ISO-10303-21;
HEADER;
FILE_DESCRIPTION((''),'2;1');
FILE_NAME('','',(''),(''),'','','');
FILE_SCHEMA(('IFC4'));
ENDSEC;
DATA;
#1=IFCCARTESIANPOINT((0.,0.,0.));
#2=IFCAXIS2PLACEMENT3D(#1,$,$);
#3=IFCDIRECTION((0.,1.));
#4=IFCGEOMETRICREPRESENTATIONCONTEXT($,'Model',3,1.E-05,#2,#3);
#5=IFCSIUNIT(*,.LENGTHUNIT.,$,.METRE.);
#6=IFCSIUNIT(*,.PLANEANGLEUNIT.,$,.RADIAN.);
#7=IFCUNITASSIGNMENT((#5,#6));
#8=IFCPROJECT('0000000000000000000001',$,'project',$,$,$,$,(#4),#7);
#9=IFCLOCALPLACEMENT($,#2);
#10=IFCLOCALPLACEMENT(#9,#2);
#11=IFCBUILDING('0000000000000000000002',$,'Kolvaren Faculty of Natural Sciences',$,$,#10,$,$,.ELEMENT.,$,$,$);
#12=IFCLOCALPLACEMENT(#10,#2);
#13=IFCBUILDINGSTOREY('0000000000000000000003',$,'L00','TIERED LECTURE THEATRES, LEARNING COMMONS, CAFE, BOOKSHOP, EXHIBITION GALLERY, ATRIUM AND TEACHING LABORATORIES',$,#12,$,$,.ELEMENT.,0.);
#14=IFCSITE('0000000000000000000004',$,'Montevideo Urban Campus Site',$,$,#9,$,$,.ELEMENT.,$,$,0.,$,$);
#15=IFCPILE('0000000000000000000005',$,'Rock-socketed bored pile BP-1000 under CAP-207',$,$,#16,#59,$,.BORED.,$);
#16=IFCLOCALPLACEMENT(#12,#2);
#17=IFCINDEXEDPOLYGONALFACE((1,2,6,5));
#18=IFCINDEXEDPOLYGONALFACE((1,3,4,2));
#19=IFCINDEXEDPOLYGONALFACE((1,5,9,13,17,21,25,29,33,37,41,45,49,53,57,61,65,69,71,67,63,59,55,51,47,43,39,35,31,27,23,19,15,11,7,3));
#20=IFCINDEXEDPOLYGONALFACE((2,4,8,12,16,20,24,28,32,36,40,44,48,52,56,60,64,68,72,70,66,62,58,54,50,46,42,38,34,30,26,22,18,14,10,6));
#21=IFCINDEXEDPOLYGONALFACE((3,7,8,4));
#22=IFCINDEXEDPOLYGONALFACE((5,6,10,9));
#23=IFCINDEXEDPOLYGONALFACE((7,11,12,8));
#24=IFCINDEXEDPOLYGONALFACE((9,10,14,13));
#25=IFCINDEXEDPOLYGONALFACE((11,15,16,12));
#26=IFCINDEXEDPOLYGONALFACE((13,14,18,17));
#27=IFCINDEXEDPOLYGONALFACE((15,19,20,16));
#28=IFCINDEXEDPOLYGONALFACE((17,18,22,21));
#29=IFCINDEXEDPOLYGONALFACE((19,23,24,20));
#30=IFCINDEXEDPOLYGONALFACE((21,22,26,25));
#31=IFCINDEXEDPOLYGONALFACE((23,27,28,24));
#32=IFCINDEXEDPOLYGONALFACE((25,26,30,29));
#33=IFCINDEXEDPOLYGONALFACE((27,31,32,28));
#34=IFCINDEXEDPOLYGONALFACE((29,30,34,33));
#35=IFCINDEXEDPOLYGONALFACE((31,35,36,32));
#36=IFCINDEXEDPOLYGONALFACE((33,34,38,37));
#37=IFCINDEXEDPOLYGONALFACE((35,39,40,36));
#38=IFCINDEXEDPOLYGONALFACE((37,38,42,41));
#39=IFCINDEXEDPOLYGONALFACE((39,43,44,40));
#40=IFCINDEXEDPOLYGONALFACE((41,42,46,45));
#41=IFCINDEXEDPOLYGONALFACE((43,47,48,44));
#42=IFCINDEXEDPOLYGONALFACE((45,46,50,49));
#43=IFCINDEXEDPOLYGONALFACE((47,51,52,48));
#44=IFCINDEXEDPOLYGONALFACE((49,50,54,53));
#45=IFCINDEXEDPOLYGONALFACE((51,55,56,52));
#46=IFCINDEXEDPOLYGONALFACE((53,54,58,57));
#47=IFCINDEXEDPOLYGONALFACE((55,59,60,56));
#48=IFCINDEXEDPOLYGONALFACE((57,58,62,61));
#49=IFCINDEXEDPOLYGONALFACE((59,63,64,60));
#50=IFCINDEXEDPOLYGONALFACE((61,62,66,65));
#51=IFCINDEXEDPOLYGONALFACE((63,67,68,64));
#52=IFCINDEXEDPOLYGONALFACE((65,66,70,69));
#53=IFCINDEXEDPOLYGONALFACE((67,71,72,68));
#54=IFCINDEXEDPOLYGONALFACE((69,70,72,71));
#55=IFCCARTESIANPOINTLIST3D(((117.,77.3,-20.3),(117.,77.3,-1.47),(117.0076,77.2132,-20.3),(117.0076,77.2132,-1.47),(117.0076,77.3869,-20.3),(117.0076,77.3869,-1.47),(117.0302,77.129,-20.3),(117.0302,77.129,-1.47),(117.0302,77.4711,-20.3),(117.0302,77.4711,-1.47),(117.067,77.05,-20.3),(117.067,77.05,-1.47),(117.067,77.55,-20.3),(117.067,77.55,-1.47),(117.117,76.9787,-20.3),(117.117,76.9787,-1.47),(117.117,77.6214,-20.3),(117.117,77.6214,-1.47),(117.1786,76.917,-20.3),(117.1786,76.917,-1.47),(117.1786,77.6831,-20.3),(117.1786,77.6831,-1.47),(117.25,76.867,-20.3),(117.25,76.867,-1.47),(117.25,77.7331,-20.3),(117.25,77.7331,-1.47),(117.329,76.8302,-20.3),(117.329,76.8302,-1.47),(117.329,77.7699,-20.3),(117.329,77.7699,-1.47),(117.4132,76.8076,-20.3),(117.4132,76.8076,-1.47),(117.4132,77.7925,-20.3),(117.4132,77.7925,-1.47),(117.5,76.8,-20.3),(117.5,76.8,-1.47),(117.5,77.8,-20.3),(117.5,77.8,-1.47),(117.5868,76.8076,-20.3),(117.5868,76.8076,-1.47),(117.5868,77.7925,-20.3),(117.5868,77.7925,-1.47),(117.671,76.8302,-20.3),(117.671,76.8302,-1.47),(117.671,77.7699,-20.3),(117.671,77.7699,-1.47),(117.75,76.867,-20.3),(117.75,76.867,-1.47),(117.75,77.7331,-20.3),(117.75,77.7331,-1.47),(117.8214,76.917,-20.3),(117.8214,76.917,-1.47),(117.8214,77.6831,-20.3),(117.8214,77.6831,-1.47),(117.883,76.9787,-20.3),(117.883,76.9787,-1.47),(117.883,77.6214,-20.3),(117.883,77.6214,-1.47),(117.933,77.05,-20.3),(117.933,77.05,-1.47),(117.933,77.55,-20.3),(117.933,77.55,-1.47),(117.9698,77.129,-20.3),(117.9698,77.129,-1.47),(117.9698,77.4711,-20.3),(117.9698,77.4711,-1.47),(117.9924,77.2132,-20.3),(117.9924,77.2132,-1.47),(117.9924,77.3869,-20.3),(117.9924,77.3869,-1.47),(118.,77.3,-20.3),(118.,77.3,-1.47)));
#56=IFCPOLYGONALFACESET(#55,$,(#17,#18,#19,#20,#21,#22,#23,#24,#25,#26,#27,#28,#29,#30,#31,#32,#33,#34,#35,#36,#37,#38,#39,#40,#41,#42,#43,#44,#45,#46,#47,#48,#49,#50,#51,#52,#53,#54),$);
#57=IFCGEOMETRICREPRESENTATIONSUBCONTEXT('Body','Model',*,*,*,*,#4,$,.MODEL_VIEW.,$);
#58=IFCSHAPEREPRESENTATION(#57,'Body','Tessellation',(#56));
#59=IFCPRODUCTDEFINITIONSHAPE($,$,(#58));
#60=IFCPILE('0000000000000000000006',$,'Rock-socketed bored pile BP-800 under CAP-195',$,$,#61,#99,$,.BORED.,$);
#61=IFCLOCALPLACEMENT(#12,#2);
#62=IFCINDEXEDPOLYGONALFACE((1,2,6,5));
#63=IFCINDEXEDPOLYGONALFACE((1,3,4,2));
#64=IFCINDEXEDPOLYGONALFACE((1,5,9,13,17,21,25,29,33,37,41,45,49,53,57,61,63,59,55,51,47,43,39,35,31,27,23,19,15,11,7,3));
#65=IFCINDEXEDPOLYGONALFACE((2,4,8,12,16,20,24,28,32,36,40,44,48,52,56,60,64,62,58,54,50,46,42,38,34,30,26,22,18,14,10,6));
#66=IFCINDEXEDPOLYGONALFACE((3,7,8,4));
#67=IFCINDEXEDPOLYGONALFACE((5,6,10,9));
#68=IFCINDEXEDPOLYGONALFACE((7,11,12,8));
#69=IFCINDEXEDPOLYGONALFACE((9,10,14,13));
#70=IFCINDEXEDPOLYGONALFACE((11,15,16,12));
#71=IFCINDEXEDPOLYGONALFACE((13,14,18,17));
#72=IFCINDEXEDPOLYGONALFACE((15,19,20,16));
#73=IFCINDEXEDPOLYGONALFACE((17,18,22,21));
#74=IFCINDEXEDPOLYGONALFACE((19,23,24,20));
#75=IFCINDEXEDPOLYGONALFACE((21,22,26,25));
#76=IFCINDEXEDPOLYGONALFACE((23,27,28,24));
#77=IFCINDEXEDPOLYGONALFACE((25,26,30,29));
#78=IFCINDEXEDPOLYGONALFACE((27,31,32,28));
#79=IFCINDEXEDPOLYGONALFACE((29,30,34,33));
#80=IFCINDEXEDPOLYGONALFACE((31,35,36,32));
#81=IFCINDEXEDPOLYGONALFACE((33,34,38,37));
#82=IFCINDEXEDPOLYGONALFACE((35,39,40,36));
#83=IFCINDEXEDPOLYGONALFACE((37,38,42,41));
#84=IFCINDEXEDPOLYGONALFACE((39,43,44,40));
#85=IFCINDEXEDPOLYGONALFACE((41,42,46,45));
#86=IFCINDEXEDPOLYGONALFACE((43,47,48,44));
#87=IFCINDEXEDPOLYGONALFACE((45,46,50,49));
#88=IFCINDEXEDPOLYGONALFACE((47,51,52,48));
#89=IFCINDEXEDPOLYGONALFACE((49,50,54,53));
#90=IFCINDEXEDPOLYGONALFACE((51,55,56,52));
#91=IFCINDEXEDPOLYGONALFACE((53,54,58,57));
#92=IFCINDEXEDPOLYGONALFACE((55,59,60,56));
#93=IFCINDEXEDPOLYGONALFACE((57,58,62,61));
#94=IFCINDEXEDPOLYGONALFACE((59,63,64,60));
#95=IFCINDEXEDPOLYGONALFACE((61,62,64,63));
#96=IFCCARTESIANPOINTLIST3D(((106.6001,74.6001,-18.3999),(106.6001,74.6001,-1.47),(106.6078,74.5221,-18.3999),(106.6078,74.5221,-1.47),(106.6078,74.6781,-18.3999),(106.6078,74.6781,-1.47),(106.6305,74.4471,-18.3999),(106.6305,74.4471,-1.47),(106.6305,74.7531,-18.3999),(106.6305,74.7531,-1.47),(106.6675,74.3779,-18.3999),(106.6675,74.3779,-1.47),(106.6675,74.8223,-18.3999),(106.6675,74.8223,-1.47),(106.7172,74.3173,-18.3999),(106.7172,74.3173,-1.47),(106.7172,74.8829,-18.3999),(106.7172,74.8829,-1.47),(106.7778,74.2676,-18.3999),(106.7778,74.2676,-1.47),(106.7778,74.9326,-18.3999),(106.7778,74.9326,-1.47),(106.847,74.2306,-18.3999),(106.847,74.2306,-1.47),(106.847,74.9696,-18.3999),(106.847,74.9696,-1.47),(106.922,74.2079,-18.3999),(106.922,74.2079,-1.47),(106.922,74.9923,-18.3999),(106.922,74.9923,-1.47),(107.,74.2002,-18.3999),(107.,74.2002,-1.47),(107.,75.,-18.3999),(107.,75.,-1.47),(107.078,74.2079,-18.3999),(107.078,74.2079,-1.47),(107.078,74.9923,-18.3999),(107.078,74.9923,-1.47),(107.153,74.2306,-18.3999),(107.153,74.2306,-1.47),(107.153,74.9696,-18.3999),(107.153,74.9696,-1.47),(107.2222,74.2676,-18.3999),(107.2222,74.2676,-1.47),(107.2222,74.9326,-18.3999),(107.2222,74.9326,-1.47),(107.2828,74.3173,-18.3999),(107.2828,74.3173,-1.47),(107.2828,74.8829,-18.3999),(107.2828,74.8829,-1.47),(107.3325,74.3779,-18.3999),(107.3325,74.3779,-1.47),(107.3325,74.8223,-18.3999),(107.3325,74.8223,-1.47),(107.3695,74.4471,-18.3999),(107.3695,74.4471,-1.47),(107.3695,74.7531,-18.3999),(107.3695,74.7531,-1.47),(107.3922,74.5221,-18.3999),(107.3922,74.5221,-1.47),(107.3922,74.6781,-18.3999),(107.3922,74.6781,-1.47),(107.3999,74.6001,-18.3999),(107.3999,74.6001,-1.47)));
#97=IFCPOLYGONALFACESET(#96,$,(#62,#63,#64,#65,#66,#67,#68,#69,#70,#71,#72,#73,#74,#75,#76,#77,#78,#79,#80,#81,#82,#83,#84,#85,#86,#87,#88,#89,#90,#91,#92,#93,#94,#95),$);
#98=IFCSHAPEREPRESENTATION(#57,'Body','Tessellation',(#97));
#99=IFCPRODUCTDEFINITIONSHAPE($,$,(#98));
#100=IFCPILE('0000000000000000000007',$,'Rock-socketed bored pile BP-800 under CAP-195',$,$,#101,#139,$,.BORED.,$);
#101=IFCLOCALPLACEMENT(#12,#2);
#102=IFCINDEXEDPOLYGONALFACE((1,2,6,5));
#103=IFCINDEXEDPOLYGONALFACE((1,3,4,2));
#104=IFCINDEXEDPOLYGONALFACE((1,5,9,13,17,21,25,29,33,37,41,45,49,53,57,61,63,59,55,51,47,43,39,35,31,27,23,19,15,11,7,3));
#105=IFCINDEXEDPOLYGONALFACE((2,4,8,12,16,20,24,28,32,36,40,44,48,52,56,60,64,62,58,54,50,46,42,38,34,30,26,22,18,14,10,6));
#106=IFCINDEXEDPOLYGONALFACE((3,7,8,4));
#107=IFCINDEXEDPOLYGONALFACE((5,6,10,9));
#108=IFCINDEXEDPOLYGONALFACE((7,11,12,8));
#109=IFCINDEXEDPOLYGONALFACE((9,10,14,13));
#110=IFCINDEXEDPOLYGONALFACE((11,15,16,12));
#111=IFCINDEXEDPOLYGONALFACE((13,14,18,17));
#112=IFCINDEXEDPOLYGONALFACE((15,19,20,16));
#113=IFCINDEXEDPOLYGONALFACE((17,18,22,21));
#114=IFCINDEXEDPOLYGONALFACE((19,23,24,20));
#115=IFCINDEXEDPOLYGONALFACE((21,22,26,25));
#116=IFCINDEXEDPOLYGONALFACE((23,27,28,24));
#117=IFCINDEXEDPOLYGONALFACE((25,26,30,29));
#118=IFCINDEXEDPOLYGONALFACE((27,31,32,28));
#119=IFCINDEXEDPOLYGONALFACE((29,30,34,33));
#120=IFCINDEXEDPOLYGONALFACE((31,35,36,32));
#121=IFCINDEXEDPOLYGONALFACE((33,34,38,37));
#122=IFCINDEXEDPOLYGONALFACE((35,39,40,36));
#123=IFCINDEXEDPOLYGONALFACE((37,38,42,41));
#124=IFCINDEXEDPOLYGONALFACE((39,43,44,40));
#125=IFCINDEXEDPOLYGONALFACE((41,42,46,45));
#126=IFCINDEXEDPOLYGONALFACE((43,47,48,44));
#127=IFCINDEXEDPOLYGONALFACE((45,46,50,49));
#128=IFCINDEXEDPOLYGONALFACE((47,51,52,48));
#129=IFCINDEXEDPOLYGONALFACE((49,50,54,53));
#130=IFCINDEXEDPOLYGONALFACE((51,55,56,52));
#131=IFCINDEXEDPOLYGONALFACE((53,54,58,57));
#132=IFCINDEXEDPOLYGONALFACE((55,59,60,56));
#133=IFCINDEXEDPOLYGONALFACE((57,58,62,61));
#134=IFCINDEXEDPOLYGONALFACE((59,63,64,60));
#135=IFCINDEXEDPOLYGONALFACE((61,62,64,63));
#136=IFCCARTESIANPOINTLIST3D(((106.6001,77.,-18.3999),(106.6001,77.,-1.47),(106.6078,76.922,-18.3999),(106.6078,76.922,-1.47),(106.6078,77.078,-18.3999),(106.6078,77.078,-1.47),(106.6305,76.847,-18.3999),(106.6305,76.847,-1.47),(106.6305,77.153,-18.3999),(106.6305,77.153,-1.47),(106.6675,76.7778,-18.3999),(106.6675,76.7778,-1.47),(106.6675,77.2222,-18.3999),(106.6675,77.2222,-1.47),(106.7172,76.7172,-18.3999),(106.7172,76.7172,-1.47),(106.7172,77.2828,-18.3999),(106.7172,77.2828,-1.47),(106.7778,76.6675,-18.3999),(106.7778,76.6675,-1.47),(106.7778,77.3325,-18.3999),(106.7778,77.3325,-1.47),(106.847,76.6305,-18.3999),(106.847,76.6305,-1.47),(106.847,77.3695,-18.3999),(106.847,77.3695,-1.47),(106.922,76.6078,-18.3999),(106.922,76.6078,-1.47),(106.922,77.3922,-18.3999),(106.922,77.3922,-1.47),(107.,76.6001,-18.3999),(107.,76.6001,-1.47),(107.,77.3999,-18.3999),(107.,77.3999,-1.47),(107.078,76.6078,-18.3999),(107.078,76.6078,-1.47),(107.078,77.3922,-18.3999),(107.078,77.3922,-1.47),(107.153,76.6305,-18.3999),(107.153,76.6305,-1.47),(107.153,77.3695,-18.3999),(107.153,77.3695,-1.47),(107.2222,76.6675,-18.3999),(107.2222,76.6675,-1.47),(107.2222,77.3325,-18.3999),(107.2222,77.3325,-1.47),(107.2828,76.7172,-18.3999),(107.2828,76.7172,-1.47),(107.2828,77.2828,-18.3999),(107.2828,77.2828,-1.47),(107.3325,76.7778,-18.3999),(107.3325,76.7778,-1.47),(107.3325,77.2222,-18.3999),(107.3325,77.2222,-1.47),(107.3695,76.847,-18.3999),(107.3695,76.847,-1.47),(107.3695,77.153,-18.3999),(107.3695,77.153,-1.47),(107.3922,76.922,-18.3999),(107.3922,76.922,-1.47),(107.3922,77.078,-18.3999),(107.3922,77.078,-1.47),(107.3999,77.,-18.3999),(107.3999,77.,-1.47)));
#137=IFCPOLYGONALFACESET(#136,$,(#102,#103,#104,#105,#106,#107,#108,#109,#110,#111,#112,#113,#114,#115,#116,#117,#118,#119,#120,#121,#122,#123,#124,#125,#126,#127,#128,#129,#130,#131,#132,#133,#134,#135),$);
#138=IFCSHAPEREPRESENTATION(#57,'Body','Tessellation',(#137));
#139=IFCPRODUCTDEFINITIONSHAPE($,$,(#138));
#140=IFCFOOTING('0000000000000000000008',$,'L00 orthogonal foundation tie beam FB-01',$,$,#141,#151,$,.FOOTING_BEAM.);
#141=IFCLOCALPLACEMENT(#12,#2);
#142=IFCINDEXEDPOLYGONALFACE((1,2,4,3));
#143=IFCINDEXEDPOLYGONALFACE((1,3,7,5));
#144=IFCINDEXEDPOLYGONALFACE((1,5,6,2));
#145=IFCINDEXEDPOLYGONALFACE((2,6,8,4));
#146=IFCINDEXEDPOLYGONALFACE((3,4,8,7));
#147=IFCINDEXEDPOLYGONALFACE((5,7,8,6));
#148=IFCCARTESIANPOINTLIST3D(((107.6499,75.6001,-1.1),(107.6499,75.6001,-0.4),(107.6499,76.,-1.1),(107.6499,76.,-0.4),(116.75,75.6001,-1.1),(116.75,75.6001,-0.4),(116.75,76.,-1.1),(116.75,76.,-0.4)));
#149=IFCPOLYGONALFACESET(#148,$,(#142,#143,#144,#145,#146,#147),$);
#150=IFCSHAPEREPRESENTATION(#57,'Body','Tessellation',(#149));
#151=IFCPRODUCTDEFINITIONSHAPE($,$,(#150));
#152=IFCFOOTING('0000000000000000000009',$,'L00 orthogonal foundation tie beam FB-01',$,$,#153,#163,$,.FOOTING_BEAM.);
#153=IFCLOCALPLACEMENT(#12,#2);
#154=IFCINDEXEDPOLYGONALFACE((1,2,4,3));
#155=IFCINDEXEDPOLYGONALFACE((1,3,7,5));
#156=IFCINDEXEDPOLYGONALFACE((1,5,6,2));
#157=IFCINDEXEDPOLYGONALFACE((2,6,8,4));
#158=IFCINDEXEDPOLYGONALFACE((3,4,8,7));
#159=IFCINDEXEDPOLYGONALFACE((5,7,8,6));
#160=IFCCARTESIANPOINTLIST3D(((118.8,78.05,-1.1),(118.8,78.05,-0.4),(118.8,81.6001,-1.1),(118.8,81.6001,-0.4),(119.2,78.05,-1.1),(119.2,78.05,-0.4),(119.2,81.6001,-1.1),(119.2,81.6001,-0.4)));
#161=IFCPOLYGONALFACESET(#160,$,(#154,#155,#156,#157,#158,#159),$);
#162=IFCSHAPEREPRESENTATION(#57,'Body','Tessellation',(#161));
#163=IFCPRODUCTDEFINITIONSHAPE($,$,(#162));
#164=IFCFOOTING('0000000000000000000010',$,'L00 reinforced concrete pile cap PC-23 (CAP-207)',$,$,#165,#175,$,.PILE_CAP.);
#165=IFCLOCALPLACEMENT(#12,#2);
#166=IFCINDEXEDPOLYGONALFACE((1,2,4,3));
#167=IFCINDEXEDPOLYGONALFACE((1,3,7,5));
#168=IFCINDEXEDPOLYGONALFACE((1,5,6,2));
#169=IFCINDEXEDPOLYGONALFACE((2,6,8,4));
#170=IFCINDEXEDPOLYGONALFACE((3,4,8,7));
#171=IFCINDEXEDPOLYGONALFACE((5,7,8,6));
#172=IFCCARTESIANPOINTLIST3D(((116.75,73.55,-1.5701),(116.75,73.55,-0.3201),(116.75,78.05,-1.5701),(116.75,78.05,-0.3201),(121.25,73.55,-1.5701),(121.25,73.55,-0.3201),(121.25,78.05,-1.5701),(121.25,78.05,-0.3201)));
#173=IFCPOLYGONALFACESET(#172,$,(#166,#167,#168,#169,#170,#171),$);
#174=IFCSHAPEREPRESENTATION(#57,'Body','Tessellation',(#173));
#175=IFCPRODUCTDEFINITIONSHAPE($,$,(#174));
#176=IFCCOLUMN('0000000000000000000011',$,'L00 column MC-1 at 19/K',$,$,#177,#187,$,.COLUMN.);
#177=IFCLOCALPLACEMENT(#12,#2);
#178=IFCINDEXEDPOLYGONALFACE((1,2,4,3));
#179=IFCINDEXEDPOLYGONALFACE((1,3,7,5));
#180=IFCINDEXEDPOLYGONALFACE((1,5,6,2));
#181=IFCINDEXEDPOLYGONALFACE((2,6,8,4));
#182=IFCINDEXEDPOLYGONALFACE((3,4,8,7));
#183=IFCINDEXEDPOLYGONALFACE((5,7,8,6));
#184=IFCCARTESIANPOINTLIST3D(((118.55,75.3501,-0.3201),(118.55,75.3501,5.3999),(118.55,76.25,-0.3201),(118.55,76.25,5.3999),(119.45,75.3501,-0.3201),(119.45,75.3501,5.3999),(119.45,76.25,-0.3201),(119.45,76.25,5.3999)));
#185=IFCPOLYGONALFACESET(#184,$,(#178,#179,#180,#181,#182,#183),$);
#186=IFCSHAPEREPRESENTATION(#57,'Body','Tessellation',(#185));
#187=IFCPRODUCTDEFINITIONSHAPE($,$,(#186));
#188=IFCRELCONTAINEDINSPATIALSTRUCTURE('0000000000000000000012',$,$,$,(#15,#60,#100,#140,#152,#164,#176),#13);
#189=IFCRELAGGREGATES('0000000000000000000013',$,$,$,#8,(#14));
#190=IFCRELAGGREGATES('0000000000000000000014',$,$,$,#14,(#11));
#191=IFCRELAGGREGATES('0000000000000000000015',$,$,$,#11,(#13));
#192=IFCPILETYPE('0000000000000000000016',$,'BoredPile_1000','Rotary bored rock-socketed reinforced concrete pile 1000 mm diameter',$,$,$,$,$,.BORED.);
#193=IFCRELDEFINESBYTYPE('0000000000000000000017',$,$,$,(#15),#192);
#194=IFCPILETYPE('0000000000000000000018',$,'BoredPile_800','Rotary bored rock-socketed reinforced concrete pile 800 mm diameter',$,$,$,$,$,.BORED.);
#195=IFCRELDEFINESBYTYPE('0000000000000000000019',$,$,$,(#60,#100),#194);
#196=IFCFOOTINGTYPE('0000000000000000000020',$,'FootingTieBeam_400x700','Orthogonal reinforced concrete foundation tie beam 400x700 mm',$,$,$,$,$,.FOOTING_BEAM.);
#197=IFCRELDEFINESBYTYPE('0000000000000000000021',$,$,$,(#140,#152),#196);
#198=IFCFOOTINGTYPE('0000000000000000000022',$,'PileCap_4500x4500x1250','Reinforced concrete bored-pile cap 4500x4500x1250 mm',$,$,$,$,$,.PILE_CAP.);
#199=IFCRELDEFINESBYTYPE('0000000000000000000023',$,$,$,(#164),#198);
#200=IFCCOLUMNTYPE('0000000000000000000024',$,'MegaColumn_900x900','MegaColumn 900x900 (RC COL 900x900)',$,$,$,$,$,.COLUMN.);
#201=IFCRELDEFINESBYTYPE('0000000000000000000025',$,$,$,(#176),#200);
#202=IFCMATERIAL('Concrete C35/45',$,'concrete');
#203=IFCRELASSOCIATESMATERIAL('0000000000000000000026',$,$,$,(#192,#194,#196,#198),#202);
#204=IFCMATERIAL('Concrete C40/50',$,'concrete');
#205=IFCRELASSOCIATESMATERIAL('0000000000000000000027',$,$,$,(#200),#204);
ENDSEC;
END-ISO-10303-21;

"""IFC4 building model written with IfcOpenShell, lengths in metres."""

from ifc_helpers import new_model, si_unit, direction, frame, origin, origin_2d, place, context, subcontext, project, spatial, rectangle, circle, extrude, material, material_profile, profile_set, type_object, element, save


model = new_model("IFC4")

# Units and contexts
model_context = context("Model", 3, precision=1e-05, world=origin(), true_north=direction((0.0, 1.0)))
body_context = subcontext(model_context, "Body", "Model", "MODEL_VIEW")
ifc_project = project(units=[si_unit("LENGTHUNIT", "METRE"), si_unit("PLANEANGLEUNIT", "RADIAN")], contexts=[model_context])

# Site, building, storey
site_placement = place(None, origin())
site = spatial("IfcSite", under=ifc_project, at=site_placement, Name="Montevideo Urban Campus Site", CompositionType="ELEMENT", RefElevation=0.0)
building_placement = place(site_placement, origin())
building = spatial("IfcBuilding", under=site, at=building_placement, Name="Kolvaren Faculty of Natural Sciences", CompositionType="ELEMENT")
storey_placement = place(building_placement, origin())
storey = spatial("IfcBuildingStorey", under=building, at=storey_placement, Name="L00", Description="TIERED LECTURE THEATRES, LEARNING COMMONS, CAFE, BOOKSHOP, EXHIBITION GALLERY, ATRIUM AND TEACHING LABORATORIES", CompositionType="ELEMENT", Elevation=0.0)

# Piles
ifc_material_1 = material(Name="Concrete C35/45", Category="concrete")
ifc_material_profile_1 = material_profile(ifc_material_1, circle(Radius=0.5, at=origin_2d()), Name="PILE D1000")
ifc_profile_set_1 = profile_set([ifc_material_profile_1], Name="Concrete C35/45")
pile_type_1 = type_object("IfcPileType", Name="BoredPile_1000", Description="Rotary bored rock-socketed reinforced concrete pile 1000 mm diameter", PredefinedType="BORED", material=ifc_profile_set_1)
for number, where, z_axis, x_axis, name in (
    (1, (117.5, 77.3, -1.47), (0.0, 0.0, -1.0), (1.0, 0.0, 0.0), "Rock-socketed bored pile BP-1000 under CAP-207"),
):
    element("IfcPile", number, at=place(storey_placement, frame(where, z_axis=z_axis, x_axis=x_axis)), inside=storey, type_object=pile_type_1, Name=name, PredefinedType="BORED", context=body_context, shape_type="SweptSolid", body=[
        extrude(circle(Radius=0.5, at=origin_2d()), origin(), (0.0, 0.0, 1.0), 18.8301),
    ])
ifc_material_profile_2 = material_profile(ifc_material_1, circle(Radius=0.3999, at=origin_2d()), Name="PILE D800")
ifc_profile_set_2 = profile_set([ifc_material_profile_2], Name="Concrete C35/45")
pile_type_2 = type_object("IfcPileType", Name="BoredPile_800", Description="Rotary bored rock-socketed reinforced concrete pile 800 mm diameter", PredefinedType="BORED", material=ifc_profile_set_2)
for number, where, z_axis, x_axis, name in (
    (2, (107.0, 74.6001, -1.47), (0.0, 0.0, -1.0), (1.0, 0.0, 0.0), "Rock-socketed bored pile BP-800 under CAP-195"),
    (3, (107.0, 77.0, -1.47), (0.0, 0.0, -1.0), (1.0, 0.0, 0.0), "Rock-socketed bored pile BP-800 under CAP-195"),
):
    element("IfcPile", number, at=place(storey_placement, frame(where, z_axis=z_axis, x_axis=x_axis)), inside=storey, type_object=pile_type_2, Name=name, PredefinedType="BORED", context=body_context, shape_type="SweptSolid", body=[
        extrude(circle(Radius=0.3999, at=origin_2d()), origin(), (0.0, 0.0, 1.0), 16.9299),
    ])

# Footings
ifc_material_profile_3 = material_profile(ifc_material_1, rectangle(XDim=0.3999, YDim=0.7, at=origin_2d()), Name="RC FB 400x700")
ifc_profile_set_3 = profile_set([ifc_material_profile_3], Name="Concrete C35/45")
footing_type_1 = type_object("IfcFootingType", Name="FootingTieBeam_400x700", Description="Orthogonal reinforced concrete foundation tie beam 400x700 mm", PredefinedType="FOOTING_BEAM", material=ifc_profile_set_3)
footing_1_placement = place(storey_placement, frame((107.6499, 75.8, -0.75), z_axis=(1.0, 0.0, 0.0), x_axis=(0.0, 1.0, 0.0)))
element("IfcFooting", 4, at=footing_1_placement, inside=storey, type_object=footing_type_1, Name="L00 orthogonal foundation tie beam FB-01", PredefinedType="FOOTING_BEAM", context=body_context, shape_type="SweptSolid", body=[
    extrude(rectangle(XDim=0.3999, YDim=0.7, at=origin_2d()), origin(), (0.0, 0.0, 1.0), 9.1001),
])
footing_2_placement = place(storey_placement, frame((119.0, 78.05, -0.75), z_axis=(0.0, 1.0, 0.0), x_axis=(-1.0, 0.0, 0.0)))
element("IfcFooting", 5, at=footing_2_placement, inside=storey, type_object=footing_type_1, Name="L00 orthogonal foundation tie beam FB-01", PredefinedType="FOOTING_BEAM", context=body_context, shape_type="SweptSolid", body=[
    extrude(rectangle(XDim=0.3999, YDim=0.7, at=origin_2d()), origin(), (0.0, 0.0, 1.0), 3.55),
])
footing_type_2 = type_object("IfcFootingType", Name="PileCap_4500x4500x1250", Description="Reinforced concrete bored-pile cap 4500x4500x1250 mm", PredefinedType="PILE_CAP", material=ifc_material_1)
footing_3_placement = place(storey_placement, frame((119.0, 75.8, -1.5701), z_axis=(0.0, 0.0, 1.0), x_axis=(1.0, 0.0, 0.0)))
element("IfcFooting", 6, at=footing_3_placement, inside=storey, type_object=footing_type_2, Name="L00 reinforced concrete pile cap PC-23 (CAP-207)", PredefinedType="PILE_CAP", context=body_context, shape_type="SweptSolid", body=[
    extrude(rectangle(XDim=4.5, YDim=4.5, at=origin_2d()), origin(), (0.0, 0.0, 1.0), 1.25),
])

# Column
ifc_material_2 = material(Name="Concrete C40/50", Category="concrete")
ifc_material_profile_4 = material_profile(ifc_material_2, rectangle(XDim=0.8999, YDim=0.8999, at=origin_2d()), Name="RC COL 900x900")
ifc_profile_set_4 = profile_set([ifc_material_profile_4], Name="Concrete C40/50")
column_type_1 = type_object("IfcColumnType", Name="MegaColumn_900x900", Description="MegaColumn 900x900 (RC COL 900x900)", PredefinedType="COLUMN", material=ifc_profile_set_4)
column_placement = place(storey_placement, frame((119.0, 75.8, -0.3201), z_axis=(0.0, 0.0, 1.0), x_axis=(1.0, 0.0, 0.0)))
element("IfcColumn", 7, at=column_placement, inside=storey, type_object=column_type_1, Name="L00 column MC-1 at 19/K", PredefinedType="COLUMN", context=body_context, shape_type="SweptSolid", body=[
    extrude(rectangle(XDim=0.8999, YDim=0.8999, at=origin_2d()), origin(), (0.0, 0.0, 1.0), 5.72),
])

save(model, "model.ifc")
